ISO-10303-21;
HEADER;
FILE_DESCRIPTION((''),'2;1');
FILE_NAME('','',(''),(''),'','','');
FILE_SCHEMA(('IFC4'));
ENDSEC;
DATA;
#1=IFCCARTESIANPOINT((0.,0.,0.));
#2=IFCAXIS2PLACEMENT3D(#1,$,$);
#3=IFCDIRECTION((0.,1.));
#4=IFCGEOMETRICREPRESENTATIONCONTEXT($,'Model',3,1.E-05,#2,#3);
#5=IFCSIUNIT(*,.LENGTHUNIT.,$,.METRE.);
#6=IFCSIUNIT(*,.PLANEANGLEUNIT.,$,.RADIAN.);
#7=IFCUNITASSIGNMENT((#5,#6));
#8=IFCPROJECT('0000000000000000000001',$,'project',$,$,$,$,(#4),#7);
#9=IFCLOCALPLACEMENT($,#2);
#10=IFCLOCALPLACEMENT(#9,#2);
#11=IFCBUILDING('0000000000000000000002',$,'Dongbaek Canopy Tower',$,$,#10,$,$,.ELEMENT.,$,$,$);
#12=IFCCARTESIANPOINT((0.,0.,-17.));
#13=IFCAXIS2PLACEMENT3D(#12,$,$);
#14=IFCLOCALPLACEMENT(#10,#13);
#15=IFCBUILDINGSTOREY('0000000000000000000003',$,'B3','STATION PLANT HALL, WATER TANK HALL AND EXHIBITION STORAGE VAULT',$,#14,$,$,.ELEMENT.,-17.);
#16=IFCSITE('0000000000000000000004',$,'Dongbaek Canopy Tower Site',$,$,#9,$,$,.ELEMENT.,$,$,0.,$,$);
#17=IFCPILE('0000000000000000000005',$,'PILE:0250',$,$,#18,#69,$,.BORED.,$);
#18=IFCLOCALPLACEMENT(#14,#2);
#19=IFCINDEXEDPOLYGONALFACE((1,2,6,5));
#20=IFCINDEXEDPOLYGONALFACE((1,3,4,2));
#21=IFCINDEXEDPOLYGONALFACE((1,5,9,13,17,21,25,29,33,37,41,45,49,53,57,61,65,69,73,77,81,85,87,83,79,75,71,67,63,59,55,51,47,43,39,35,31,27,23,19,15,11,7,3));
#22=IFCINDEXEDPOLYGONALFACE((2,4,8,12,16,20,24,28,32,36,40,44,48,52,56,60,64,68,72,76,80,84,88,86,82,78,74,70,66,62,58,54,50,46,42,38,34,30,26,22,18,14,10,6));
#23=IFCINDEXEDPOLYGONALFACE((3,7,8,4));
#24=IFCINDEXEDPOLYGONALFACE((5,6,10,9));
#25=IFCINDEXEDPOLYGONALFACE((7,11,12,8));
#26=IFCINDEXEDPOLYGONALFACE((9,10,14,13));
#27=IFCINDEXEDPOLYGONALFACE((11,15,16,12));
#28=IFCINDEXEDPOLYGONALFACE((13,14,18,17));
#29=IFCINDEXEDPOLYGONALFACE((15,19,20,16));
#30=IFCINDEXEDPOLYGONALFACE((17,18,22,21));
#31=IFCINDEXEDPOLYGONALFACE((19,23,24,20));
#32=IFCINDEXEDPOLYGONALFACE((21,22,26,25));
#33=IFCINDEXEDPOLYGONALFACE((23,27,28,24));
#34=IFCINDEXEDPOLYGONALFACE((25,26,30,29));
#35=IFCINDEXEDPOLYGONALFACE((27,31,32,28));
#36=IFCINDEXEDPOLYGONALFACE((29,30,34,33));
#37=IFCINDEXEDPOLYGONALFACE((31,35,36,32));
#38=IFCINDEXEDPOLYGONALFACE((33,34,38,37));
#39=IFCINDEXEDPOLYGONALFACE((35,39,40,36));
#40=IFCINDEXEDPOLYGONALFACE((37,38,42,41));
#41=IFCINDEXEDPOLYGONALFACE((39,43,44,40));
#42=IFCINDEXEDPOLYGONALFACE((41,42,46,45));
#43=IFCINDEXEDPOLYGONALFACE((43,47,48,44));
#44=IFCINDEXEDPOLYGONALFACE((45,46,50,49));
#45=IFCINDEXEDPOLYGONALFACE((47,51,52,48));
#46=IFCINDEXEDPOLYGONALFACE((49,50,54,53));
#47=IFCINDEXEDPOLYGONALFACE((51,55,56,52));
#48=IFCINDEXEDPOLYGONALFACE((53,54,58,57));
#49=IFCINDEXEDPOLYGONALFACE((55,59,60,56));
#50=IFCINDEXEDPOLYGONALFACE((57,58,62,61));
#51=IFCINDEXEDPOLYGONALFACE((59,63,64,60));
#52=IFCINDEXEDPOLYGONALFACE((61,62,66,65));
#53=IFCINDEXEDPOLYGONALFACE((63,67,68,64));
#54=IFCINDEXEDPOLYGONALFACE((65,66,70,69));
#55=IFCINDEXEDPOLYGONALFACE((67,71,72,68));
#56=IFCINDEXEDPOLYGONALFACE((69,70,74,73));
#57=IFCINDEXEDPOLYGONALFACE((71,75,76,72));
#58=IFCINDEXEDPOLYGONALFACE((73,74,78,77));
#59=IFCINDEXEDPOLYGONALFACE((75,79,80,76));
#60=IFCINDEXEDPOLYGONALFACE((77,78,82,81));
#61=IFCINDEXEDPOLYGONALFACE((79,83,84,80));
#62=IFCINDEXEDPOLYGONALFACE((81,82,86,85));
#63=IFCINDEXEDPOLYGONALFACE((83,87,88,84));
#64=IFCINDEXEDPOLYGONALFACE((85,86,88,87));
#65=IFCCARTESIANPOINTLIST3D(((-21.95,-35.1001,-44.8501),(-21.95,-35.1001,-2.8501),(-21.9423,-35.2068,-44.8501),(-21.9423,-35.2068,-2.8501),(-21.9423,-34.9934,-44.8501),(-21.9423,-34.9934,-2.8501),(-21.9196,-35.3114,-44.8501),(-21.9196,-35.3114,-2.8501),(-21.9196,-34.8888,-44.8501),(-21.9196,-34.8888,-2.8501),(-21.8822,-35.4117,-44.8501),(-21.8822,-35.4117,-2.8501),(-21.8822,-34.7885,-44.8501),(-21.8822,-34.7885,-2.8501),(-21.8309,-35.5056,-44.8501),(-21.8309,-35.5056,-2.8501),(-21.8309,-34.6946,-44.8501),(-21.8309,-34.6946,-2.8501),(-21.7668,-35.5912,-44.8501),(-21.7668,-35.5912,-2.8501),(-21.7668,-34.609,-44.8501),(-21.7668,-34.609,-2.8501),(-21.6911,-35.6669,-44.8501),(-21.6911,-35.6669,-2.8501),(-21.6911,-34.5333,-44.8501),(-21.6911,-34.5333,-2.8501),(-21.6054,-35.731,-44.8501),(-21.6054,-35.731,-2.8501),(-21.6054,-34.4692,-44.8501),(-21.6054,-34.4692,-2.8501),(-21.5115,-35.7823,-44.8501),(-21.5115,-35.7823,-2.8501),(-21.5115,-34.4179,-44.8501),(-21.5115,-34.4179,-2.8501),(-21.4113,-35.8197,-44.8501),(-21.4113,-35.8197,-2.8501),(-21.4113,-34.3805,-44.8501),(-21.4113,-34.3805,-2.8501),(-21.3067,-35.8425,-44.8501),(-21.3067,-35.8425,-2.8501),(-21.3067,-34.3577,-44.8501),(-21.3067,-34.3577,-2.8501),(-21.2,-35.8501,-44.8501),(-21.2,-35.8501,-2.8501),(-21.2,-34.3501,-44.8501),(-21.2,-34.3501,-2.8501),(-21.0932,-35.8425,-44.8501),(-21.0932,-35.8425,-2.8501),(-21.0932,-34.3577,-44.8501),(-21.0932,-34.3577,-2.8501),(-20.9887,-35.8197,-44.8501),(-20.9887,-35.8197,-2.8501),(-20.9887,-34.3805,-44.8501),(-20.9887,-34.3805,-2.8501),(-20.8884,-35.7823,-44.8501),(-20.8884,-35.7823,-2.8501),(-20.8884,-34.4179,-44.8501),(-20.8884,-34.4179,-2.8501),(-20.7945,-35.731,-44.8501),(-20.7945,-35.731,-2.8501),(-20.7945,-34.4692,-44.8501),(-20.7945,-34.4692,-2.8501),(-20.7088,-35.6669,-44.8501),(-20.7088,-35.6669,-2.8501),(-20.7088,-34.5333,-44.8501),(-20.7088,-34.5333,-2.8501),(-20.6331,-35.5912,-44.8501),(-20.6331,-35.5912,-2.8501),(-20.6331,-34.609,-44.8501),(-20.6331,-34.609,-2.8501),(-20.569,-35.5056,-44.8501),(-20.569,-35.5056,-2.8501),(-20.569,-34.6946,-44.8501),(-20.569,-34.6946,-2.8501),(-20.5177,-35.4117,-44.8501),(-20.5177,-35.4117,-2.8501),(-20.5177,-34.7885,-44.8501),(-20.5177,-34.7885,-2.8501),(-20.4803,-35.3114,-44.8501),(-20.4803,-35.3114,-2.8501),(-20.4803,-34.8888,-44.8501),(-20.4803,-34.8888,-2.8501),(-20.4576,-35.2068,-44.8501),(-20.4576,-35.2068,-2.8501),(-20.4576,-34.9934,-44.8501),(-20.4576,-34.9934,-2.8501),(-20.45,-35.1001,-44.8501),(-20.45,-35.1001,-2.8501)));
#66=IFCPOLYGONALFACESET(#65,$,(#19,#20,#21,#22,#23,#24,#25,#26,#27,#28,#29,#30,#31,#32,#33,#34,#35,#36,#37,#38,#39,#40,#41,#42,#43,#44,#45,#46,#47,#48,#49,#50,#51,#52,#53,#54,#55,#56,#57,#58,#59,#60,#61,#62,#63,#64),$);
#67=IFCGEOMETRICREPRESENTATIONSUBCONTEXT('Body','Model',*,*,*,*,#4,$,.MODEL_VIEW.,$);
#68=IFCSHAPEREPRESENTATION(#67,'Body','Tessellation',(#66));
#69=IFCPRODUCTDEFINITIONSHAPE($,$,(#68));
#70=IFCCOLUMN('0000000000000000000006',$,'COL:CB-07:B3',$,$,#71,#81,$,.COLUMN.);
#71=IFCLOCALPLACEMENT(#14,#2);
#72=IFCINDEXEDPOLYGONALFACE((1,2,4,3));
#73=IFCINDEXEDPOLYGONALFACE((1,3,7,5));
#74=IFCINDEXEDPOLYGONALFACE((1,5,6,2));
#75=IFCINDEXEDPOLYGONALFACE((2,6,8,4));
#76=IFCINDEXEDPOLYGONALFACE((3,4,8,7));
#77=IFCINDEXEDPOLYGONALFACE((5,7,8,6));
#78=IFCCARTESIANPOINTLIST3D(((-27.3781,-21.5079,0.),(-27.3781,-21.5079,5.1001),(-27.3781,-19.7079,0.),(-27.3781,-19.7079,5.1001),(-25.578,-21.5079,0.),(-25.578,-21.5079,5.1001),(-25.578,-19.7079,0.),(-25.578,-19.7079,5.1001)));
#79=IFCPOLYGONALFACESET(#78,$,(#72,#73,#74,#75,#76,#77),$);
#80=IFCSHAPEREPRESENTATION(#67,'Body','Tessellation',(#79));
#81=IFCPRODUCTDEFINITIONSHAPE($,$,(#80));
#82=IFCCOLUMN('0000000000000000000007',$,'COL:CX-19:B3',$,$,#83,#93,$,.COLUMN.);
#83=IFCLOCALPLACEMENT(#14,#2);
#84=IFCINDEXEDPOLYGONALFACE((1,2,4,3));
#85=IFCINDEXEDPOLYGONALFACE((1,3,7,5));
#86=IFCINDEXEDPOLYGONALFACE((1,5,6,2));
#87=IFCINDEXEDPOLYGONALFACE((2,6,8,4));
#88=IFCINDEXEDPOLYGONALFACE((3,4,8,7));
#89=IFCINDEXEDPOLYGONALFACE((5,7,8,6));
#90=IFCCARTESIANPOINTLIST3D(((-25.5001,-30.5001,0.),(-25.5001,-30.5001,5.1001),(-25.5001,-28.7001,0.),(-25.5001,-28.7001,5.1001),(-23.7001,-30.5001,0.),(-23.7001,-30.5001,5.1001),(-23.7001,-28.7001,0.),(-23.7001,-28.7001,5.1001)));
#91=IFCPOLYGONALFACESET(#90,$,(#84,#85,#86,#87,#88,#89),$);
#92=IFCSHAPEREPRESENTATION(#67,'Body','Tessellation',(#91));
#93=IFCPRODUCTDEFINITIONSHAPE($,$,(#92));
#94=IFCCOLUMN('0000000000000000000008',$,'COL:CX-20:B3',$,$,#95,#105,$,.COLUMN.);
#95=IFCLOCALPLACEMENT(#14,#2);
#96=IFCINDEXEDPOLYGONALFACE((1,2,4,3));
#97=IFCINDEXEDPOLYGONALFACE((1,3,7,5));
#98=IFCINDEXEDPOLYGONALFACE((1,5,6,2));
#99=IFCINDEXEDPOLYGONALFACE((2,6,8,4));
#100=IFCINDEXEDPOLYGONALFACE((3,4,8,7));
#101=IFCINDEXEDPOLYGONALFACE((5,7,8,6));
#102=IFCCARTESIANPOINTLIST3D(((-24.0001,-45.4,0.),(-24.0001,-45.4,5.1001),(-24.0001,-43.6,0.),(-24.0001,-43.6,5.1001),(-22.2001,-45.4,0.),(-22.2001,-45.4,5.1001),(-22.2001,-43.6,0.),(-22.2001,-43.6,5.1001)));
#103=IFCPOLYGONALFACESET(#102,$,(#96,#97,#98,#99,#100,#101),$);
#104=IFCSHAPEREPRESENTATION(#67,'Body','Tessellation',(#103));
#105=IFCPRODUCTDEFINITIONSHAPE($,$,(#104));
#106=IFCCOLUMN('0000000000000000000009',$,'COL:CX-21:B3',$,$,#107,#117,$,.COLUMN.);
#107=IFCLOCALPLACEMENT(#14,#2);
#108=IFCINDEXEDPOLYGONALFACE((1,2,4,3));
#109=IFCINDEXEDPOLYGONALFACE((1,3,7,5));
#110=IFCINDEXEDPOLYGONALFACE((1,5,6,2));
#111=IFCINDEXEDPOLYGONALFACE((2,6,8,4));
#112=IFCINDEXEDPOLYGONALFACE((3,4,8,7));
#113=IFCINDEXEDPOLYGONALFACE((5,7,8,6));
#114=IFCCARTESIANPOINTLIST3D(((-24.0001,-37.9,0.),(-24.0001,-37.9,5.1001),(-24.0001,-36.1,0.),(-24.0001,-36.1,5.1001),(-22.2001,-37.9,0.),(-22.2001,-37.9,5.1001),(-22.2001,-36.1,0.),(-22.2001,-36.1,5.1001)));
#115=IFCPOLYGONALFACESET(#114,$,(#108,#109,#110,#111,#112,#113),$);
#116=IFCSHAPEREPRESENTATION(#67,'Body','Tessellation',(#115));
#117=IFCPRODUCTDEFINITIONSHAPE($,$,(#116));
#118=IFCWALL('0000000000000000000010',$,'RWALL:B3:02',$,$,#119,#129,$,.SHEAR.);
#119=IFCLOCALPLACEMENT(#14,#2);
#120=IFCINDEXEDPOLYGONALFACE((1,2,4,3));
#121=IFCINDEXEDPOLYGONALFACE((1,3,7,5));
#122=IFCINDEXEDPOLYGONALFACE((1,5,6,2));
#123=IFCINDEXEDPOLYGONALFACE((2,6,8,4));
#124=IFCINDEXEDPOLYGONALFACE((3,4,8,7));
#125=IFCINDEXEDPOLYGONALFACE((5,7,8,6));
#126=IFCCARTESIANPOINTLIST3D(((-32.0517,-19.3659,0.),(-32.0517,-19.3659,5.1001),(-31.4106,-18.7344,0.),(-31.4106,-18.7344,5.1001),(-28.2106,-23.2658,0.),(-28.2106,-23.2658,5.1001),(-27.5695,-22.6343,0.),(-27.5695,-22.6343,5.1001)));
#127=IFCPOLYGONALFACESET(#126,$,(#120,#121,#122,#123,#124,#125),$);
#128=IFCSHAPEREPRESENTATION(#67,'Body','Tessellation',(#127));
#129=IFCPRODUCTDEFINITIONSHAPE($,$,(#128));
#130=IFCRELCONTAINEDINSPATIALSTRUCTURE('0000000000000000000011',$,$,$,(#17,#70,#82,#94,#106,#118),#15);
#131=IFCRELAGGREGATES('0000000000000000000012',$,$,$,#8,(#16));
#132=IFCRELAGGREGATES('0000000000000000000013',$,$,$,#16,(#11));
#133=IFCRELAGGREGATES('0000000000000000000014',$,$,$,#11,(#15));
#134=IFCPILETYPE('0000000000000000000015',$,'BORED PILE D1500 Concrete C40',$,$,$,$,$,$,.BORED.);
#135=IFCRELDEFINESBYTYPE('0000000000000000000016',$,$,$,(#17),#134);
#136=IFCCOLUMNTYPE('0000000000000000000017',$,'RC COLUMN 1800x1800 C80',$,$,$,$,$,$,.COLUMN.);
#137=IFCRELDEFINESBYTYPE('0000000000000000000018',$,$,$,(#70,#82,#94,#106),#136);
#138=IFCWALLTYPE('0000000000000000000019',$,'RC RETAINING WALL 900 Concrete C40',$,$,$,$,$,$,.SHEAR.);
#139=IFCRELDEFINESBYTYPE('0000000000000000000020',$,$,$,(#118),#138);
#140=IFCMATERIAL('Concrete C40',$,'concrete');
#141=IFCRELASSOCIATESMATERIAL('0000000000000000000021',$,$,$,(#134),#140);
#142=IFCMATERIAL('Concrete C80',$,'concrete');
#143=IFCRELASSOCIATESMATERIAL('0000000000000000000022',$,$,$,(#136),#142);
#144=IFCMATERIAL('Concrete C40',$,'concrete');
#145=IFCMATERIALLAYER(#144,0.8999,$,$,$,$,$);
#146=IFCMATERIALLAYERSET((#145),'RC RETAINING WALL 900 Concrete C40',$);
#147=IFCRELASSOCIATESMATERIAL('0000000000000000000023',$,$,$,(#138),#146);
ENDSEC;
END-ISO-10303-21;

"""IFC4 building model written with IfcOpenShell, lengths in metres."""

from ifc_helpers import new_model, si_unit, direction, frame, frame_2d, origin, origin_2d, place, context, subcontext, project, spatial, rectangle, circle, extrude, material, layer, layer_set, material_profile, profile_set, type_object, element, save


model = new_model("IFC4")

# Units and contexts
model_context = context("Model", 3, precision=1e-05, world=origin(), true_north=direction((0.0, 1.0)))
body_context = subcontext(model_context, "Body", "Model", "MODEL_VIEW")
ifc_project = project(units=[si_unit("LENGTHUNIT", "METRE"), si_unit("PLANEANGLEUNIT", "RADIAN")], contexts=[model_context])

# Site, building, storey
site_placement = place(None, origin())
site = spatial("IfcSite", under=ifc_project, at=site_placement, Name="Dongbaek Canopy Tower Site", CompositionType="ELEMENT", RefElevation=0.0)
building_placement = place(site_placement, origin())
building = spatial("IfcBuilding", under=site, at=building_placement, Name="Dongbaek Canopy Tower", CompositionType="ELEMENT")
storey_placement = place(building_placement, frame((0.0, 0.0, -17.0)))
storey = spatial("IfcBuildingStorey", under=building, at=storey_placement, Name="B3", Description="STATION PLANT HALL, WATER TANK HALL AND EXHIBITION STORAGE VAULT", CompositionType="ELEMENT", Elevation=-17.0)

# Pile
ifc_material_1 = material(Name="Concrete C40", Category="concrete")
ifc_material_profile_1 = material_profile(ifc_material_1, circle(Radius=0.75, at=origin_2d()), Name="BORED PILE D1500 Concrete C40")
ifc_profile_set_1 = profile_set([ifc_material_profile_1], Name="Concrete C40")
pile_type = type_object("IfcPileType", Name="BORED PILE D1500 Concrete C40", PredefinedType="BORED", material=ifc_profile_set_1)
for number, where, z_axis, x_axis, name in (
    (1, (-21.2, -35.1001, -2.8501), (0.0, 0.0, -1.0), (1.0, 0.0, 0.0), "PILE:0250"),
):
    element("IfcPile", number, at=place(storey_placement, frame(where, z_axis=z_axis, x_axis=x_axis)), inside=storey, type_object=pile_type, Name=name, PredefinedType="BORED", context=body_context, shape_type="SweptSolid", body=[
        extrude(circle(Radius=0.75, at=origin_2d()), origin(), (0.0, 0.0, 1.0), 42.0),
    ])

# Columns
ifc_material_2 = material(Name="Concrete C80", Category="concrete")
ifc_material_profile_2 = material_profile(ifc_material_2, rectangle(XDim=1.8, YDim=1.8, at=origin_2d()), Name="RC COLUMN 1800x1800 C80")
ifc_profile_set_2 = profile_set([ifc_material_profile_2], Name="Concrete C80")
column_type = type_object("IfcColumnType", Name="RC COLUMN 1800x1800 C80", PredefinedType="COLUMN", material=ifc_profile_set_2)
for number, where, z_axis, x_axis, name in (
    (2, (-26.478, -20.6079, 0.0), (0.0, 0.0, 1.0), (1.0, 0.0, 0.0), "COL:CB-07:B3"),
    (3, (-24.6001, -29.6001, 0.0), (0.0, 0.0, 1.0), (1.0, 0.0, 0.0), "COL:CX-19:B3"),
    (4, (-23.1001, -44.5, 0.0), (0.0, 0.0, 1.0), (1.0, 0.0, 0.0), "COL:CX-20:B3"),
    (5, (-23.1001, -37.0, 0.0), (0.0, 0.0, 1.0), (1.0, 0.0, 0.0), "COL:CX-21:B3"),
):
    element("IfcColumn", number, at=place(storey_placement, frame(where, z_axis=z_axis, x_axis=x_axis)), inside=storey, type_object=column_type, Name=name, PredefinedType="COLUMN", context=body_context, shape_type="SweptSolid", body=[
        extrude(rectangle(XDim=1.8, YDim=1.8, at=origin_2d()), origin(), (0.0, 0.0, 1.0), 5.1001),
    ])

# Wall
ifc_material_3 = material(Name="Concrete C40", Category="concrete")
ifc_layer = layer(ifc_material_3, 0.8999)
ifc_layer_set = layer_set([ifc_layer], Name="RC RETAINING WALL 900 Concrete C40")
wall_type = type_object("IfcWallType", Name="RC RETAINING WALL 900 Concrete C40", PredefinedType="SHEAR", material=ifc_layer_set)
wall_placement = place(storey_placement, frame((-27.8901, -22.95, 0.0), z_axis=(0.0, 0.0, 1.0), x_axis=(-0.701712, 0.712461, 0.0)))
element("IfcWall", 6, at=wall_placement, inside=storey, type_object=wall_type, Name="RWALL:B3:02", PredefinedType="SHEAR", context=body_context, shape_type="SweptSolid", body=[
    extrude(rectangle(XDim=5.4739, YDim=0.8999, at=frame_2d((2.7368, 0.0))), origin(), (0.0, 0.0, 1.0), 5.1001),
])

save(model, "model.ifc")
